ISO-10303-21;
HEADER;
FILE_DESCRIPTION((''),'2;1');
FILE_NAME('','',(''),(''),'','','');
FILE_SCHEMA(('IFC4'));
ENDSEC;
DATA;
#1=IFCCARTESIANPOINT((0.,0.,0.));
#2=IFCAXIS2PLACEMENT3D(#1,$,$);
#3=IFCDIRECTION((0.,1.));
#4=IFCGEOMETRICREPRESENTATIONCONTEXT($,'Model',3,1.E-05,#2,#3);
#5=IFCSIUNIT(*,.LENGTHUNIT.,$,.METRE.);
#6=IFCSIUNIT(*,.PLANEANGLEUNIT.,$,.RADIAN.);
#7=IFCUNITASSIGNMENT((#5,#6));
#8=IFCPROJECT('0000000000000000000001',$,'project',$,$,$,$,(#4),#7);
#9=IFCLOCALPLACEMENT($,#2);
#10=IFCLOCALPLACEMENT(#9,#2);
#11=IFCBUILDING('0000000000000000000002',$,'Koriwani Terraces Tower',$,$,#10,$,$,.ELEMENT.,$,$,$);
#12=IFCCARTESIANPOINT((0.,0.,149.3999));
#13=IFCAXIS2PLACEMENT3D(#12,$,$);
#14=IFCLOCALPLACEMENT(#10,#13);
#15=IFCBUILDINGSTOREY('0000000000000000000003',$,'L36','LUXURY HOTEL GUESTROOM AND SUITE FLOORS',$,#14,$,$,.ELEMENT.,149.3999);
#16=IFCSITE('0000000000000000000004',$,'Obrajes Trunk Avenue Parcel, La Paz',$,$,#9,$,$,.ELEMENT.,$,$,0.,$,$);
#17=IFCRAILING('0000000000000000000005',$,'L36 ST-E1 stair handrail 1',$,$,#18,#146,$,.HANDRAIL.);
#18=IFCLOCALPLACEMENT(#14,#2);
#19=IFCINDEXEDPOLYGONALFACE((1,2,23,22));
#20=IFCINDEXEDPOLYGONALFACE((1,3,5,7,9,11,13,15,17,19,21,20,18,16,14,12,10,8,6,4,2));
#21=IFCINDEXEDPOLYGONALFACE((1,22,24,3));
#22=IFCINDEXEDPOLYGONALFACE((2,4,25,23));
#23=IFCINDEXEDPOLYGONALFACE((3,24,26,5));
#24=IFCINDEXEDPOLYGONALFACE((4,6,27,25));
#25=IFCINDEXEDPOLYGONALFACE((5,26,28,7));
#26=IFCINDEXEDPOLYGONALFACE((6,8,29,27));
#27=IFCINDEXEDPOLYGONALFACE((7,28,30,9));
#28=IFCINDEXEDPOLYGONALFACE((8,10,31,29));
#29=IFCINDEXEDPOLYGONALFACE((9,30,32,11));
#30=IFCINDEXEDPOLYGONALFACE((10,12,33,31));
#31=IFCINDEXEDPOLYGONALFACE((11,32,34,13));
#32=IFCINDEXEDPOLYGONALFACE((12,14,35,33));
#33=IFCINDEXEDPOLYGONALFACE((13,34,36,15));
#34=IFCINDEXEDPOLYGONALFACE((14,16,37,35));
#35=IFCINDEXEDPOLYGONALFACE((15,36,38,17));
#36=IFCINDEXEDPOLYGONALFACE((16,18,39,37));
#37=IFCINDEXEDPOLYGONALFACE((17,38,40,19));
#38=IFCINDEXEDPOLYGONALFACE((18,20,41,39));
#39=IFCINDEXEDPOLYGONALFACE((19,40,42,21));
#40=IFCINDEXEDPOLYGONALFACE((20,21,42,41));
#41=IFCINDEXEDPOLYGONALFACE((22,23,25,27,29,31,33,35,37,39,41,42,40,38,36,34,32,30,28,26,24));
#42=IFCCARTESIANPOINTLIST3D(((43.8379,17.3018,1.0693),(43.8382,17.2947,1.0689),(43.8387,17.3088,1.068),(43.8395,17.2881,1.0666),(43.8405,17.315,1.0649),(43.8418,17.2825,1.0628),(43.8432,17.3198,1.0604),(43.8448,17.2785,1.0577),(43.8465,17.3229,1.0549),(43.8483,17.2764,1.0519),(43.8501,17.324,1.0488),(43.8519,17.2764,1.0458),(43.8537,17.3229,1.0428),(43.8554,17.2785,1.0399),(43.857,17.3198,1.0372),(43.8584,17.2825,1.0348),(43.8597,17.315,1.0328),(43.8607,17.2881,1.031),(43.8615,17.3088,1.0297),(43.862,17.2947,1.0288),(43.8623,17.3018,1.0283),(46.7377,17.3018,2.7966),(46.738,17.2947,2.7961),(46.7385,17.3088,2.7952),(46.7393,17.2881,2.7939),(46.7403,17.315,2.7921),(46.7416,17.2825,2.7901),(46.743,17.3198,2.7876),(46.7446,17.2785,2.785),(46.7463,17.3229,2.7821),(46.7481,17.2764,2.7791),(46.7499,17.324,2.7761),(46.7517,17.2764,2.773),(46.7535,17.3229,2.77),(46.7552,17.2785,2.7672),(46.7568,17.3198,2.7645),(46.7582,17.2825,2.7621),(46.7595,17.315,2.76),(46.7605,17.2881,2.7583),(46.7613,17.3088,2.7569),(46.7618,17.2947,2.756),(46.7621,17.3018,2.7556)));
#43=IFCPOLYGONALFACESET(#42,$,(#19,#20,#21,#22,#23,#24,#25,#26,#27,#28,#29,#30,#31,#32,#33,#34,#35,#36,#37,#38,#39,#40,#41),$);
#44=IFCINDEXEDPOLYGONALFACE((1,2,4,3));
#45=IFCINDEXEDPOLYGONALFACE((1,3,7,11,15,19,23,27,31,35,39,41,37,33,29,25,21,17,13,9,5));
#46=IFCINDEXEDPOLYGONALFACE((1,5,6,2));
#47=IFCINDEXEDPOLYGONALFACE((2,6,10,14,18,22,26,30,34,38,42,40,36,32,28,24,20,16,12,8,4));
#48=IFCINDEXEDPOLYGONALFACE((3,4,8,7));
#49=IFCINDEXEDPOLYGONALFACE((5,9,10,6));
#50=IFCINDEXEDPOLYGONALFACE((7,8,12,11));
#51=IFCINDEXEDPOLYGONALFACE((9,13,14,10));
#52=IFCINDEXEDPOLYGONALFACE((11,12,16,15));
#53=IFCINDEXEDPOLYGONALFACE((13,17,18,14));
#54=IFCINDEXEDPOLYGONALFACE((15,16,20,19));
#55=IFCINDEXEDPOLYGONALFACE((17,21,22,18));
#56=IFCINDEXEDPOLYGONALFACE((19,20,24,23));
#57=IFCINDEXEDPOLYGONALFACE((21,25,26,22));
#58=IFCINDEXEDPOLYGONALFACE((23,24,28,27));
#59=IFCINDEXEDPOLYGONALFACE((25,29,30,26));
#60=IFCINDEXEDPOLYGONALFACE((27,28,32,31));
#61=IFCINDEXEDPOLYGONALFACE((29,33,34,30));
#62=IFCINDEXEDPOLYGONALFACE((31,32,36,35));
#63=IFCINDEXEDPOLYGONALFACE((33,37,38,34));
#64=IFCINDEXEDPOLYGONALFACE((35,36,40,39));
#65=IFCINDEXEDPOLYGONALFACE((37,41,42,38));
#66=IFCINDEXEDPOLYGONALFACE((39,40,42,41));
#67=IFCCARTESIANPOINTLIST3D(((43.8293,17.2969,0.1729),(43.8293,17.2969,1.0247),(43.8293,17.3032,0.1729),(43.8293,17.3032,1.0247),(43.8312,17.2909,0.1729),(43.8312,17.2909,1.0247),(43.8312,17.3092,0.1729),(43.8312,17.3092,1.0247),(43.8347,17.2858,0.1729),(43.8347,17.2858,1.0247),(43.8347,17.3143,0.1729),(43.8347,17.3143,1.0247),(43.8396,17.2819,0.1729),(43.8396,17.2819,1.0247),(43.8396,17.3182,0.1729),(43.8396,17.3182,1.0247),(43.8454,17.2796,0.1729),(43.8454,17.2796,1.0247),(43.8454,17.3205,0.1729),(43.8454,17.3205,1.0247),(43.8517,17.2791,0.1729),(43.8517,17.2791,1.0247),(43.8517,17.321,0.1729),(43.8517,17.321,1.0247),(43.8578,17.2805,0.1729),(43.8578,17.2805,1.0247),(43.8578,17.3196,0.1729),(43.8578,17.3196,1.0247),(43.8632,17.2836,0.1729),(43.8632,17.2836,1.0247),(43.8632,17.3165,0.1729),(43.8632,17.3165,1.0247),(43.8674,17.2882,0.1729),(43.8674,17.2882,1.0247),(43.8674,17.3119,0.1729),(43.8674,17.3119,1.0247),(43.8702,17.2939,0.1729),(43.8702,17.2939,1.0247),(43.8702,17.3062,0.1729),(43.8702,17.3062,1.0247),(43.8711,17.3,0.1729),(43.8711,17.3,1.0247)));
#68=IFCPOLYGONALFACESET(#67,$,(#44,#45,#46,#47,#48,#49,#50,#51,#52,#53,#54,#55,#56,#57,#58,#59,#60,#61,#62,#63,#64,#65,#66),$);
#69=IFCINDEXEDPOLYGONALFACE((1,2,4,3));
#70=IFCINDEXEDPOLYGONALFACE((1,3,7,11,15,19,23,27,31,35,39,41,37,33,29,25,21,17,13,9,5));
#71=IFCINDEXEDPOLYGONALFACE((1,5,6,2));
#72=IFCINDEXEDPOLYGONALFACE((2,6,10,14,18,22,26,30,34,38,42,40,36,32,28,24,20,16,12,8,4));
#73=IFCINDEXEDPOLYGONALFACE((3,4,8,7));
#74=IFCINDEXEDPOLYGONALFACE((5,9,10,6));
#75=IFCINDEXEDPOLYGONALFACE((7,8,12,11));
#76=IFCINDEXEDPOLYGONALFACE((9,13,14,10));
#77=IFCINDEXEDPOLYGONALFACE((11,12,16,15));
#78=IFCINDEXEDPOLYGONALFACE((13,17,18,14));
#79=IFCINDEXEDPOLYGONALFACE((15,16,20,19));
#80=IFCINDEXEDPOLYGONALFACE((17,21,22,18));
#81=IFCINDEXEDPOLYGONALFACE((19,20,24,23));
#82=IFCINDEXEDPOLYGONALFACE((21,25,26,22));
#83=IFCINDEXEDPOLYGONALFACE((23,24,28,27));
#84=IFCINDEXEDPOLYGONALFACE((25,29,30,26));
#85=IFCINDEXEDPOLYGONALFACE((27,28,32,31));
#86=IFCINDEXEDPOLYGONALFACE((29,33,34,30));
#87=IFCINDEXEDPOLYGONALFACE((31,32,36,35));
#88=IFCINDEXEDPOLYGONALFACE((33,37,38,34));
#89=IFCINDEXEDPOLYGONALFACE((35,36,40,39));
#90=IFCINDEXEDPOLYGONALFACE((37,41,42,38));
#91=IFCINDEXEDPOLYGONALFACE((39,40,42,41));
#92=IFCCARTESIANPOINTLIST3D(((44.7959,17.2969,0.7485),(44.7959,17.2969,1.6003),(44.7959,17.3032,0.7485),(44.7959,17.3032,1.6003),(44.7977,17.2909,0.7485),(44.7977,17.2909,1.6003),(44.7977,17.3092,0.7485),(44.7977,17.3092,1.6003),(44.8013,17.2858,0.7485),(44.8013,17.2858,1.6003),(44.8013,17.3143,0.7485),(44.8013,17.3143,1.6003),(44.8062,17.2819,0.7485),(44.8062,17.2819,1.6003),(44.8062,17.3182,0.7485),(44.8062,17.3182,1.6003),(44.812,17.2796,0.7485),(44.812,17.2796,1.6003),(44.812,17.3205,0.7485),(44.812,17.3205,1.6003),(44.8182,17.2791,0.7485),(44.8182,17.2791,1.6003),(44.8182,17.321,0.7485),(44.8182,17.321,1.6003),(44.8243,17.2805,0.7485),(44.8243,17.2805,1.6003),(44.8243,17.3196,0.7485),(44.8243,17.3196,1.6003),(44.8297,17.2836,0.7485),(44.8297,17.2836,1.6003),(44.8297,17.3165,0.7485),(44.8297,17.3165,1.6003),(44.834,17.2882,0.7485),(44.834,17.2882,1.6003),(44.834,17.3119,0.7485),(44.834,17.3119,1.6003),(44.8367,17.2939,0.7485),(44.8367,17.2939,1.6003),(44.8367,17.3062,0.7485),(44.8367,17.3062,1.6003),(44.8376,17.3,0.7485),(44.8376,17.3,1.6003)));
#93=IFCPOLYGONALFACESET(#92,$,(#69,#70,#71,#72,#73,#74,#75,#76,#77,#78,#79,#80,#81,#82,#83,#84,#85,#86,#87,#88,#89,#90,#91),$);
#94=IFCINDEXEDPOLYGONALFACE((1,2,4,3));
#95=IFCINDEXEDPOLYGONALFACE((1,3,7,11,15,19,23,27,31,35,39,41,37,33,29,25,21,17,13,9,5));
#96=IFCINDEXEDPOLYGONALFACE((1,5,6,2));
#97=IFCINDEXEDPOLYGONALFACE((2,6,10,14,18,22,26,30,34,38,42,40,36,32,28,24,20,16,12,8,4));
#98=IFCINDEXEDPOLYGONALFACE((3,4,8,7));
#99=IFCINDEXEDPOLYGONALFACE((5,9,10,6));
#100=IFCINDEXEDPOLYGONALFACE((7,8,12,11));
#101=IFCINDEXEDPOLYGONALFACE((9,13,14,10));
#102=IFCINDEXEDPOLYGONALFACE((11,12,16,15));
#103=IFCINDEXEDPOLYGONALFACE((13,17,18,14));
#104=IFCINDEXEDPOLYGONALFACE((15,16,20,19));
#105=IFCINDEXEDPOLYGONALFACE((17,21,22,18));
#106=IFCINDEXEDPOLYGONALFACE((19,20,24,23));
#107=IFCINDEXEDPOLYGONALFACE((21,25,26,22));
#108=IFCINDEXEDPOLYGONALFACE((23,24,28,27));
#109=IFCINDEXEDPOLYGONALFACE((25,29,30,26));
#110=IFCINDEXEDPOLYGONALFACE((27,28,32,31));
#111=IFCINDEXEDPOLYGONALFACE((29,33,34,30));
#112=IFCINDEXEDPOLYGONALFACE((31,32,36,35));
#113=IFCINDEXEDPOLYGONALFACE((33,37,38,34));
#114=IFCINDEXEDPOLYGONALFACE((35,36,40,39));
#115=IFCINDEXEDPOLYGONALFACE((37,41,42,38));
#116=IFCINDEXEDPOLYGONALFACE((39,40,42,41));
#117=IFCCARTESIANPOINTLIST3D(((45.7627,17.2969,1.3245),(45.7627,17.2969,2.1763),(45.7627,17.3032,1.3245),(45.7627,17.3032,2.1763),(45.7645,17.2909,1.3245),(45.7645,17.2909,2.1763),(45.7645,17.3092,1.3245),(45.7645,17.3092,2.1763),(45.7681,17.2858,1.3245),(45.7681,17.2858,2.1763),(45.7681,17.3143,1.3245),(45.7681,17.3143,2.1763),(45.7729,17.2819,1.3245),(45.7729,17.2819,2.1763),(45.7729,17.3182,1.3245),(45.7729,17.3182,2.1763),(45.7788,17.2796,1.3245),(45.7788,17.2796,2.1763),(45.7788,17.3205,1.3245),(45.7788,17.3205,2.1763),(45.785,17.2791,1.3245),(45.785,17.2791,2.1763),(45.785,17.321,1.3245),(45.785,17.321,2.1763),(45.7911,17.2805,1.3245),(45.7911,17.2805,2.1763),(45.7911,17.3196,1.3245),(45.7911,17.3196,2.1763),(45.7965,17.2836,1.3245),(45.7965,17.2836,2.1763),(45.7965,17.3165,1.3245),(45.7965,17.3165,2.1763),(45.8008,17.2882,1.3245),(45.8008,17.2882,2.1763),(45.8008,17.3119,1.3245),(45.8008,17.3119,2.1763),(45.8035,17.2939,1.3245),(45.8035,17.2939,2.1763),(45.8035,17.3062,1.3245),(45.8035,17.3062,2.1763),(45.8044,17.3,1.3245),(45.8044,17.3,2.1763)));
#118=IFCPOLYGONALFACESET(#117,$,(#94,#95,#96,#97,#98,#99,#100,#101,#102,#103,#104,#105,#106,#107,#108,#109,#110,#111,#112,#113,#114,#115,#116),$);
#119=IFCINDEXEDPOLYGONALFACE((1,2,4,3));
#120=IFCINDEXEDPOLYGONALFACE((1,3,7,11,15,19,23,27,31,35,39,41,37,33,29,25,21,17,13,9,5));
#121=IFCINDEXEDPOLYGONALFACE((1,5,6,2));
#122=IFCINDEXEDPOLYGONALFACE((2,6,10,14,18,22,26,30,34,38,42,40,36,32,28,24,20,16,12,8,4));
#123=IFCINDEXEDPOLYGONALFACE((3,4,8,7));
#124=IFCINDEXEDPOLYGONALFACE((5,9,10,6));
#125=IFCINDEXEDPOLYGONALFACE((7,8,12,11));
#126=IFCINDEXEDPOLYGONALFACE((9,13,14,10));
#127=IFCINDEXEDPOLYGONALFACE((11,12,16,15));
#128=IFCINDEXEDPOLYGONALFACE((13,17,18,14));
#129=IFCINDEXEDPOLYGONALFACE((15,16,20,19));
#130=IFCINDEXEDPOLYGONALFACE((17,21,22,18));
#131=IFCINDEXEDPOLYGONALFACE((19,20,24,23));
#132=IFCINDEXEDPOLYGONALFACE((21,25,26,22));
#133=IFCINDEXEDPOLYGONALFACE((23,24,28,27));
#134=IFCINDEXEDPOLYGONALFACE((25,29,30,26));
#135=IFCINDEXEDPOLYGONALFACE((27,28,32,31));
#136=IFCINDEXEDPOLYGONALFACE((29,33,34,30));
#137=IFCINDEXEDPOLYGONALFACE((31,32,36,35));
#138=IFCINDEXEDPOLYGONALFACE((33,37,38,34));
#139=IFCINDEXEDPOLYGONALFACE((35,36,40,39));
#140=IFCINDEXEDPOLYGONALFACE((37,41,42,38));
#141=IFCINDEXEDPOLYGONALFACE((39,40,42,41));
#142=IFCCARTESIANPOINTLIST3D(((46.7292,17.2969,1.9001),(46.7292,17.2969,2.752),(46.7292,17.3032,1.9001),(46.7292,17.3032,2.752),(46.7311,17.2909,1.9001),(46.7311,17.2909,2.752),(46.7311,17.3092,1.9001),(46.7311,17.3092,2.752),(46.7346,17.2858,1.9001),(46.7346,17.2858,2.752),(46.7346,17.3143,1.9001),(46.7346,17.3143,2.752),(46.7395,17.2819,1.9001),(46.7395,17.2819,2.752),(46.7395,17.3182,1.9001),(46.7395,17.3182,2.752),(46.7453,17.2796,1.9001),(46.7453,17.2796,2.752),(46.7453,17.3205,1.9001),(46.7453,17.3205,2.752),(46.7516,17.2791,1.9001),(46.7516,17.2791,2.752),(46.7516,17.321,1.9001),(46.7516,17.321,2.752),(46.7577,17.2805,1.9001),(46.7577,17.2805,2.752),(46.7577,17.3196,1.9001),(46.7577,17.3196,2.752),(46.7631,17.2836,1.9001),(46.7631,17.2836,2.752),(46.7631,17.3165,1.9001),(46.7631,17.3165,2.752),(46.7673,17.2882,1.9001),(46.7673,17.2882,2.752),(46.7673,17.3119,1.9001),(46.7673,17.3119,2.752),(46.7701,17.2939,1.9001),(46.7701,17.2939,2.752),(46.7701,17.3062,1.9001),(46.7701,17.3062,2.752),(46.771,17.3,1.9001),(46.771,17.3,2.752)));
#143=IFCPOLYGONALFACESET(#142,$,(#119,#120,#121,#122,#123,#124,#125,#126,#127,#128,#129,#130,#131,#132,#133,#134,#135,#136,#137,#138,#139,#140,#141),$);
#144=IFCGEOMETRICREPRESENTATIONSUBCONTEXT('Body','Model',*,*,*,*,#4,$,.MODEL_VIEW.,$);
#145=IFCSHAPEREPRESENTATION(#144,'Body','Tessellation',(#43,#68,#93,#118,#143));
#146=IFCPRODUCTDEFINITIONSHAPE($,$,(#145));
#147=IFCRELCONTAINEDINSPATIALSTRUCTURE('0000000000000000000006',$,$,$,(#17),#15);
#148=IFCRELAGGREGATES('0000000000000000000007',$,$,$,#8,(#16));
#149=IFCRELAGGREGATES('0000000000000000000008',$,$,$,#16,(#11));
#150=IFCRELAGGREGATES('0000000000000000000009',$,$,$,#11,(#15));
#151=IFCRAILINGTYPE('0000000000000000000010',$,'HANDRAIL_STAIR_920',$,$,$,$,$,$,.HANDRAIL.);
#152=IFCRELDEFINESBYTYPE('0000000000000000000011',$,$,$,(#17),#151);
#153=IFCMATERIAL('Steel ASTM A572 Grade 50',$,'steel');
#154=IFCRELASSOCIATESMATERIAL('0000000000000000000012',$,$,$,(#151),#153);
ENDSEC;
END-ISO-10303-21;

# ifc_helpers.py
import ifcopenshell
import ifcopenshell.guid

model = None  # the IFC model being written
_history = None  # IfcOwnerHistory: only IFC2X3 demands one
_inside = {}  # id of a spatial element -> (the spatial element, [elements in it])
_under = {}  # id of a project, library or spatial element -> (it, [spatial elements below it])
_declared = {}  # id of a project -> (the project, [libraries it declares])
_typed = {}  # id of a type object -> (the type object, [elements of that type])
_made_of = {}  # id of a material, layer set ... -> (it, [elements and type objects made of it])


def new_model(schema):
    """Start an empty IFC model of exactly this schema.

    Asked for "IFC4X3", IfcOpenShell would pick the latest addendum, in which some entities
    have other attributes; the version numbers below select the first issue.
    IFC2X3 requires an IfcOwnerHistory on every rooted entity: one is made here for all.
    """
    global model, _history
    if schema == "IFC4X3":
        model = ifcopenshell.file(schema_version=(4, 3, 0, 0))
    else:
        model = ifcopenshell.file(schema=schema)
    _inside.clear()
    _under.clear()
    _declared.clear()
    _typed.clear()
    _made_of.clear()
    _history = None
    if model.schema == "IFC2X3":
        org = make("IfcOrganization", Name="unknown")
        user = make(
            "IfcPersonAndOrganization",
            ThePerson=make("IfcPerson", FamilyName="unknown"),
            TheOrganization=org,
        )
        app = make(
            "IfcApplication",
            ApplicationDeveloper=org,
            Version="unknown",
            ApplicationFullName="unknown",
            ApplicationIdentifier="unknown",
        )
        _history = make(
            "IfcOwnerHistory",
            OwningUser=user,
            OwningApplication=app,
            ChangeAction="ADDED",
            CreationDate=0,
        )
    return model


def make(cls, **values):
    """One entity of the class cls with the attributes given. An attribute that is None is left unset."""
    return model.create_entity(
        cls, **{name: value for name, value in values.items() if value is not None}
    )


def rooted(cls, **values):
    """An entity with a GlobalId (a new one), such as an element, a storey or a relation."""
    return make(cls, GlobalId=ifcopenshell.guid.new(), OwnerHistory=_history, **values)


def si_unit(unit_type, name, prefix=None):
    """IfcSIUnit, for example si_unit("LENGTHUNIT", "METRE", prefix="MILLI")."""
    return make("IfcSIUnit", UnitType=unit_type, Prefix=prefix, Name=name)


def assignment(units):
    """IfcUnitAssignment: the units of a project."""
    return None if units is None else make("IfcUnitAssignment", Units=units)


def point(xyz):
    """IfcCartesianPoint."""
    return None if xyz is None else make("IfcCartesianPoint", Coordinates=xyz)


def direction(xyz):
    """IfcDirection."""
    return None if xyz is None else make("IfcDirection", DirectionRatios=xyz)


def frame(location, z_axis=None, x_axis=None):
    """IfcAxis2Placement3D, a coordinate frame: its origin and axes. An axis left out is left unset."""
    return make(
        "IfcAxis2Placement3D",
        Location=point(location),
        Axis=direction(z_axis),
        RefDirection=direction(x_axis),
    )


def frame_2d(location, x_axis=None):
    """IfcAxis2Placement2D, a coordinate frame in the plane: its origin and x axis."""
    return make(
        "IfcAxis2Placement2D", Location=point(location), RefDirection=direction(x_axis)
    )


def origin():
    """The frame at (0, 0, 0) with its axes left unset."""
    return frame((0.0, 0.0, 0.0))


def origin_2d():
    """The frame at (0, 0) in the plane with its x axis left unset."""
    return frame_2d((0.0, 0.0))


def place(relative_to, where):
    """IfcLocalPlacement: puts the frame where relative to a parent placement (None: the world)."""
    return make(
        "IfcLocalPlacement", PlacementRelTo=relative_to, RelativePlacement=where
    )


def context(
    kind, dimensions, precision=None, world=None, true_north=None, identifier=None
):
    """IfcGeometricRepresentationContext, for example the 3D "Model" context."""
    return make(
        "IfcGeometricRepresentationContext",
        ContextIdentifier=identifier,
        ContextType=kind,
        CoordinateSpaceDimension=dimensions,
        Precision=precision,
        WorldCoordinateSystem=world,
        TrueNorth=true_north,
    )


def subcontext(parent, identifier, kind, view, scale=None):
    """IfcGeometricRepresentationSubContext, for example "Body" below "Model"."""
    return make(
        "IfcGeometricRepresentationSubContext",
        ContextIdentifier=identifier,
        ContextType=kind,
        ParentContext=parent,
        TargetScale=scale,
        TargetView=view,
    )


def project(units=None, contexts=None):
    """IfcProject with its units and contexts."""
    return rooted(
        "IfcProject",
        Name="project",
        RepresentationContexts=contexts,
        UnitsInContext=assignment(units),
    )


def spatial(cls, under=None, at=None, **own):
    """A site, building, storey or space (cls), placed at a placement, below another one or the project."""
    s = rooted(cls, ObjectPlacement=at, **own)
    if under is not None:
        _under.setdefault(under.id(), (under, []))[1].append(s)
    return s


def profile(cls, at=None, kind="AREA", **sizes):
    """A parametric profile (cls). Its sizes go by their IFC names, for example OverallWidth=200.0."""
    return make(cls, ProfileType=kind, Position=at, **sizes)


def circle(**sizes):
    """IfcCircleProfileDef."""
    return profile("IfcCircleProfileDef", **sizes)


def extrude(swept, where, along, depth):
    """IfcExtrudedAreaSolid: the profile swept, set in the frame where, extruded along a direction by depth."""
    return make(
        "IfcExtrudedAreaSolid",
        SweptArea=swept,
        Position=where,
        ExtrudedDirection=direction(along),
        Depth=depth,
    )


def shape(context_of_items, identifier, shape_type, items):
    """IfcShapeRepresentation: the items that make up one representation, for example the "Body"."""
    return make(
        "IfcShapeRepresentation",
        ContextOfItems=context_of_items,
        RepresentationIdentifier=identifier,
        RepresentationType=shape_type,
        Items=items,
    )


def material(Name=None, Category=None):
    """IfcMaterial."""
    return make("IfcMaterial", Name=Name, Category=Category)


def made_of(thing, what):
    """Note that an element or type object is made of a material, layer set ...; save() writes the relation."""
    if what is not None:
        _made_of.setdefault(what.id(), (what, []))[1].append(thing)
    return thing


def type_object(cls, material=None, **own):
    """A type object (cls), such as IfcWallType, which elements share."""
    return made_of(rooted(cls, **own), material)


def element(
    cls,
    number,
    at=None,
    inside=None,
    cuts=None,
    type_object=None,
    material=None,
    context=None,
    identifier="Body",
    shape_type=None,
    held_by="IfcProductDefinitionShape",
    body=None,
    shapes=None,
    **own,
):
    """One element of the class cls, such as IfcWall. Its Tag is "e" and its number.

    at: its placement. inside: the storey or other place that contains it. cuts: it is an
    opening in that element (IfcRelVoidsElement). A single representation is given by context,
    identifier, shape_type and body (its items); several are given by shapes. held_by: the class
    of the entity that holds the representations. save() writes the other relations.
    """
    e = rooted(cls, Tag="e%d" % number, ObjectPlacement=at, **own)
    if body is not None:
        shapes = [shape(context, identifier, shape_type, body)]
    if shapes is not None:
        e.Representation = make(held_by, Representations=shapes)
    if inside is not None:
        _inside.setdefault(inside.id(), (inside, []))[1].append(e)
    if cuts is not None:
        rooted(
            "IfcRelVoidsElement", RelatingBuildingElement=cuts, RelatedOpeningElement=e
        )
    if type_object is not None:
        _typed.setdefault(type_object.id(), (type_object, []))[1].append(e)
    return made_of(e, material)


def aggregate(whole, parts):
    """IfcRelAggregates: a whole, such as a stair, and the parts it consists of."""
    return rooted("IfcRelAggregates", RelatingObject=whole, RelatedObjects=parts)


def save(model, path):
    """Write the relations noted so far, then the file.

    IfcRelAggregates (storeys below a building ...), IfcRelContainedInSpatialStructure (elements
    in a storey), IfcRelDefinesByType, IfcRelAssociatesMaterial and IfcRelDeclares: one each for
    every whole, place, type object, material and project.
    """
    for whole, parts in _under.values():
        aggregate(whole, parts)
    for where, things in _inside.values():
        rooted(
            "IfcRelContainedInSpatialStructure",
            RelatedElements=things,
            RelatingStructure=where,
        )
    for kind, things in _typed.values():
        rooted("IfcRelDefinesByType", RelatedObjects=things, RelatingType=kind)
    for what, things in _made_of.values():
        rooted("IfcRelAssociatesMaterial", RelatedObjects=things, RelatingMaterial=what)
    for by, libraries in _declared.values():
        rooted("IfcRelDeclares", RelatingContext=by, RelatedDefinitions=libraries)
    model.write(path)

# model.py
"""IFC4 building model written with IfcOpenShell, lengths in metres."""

from ifc_helpers import new_model, si_unit, direction, frame, origin, origin_2d, place, context, subcontext, project, spatial, circle, extrude, material, type_object, element, save


model = new_model("IFC4")

# Units and contexts
model_context = context("Model", 3, precision=1e-05, world=origin(), true_north=direction((0.0, 1.0)))
body_context = subcontext(model_context, "Body", "Model", "MODEL_VIEW")
ifc_project = project(units=[si_unit("LENGTHUNIT", "METRE"), si_unit("PLANEANGLEUNIT", "RADIAN")], contexts=[model_context])

# Site, building, storey
site_placement = place(None, origin())
site = spatial("IfcSite", under=ifc_project, at=site_placement, Name="Obrajes Trunk Avenue Parcel, La Paz", CompositionType="ELEMENT", RefElevation=0.0)
building_placement = place(site_placement, origin())
building = spatial("IfcBuilding", under=site, at=building_placement, Name="Koriwani Terraces Tower", CompositionType="ELEMENT")
storey_placement = place(building_placement, frame((0.0, 0.0, 149.3999)))
storey = spatial("IfcBuildingStorey", under=building, at=storey_placement, Name="L36", Description="LUXURY HOTEL GUESTROOM AND SUITE FLOORS", CompositionType="ELEMENT", Elevation=149.3999)

# Shared definitions
ifc_material_1 = material(Name="Steel ASTM A572 Grade 50", Category="steel")

# Railing
railing_type_1 = type_object("IfcRailingType", Name="HANDRAIL_STAIR_920", PredefinedType="HANDRAIL", material=ifc_material_1)
railing_1_placement = place(storey_placement, frame((43.8501, 17.3, 0.1729)))
element("IfcRailing", 1, at=railing_1_placement, inside=storey, type_object=railing_type_1, Name="L36 ST-E1 stair handrail 1", PredefinedType="HANDRAIL", context=body_context, shape_type="SweptSolid", body=[
    extrude(circle(Radius=0.0239, at=origin_2d()), frame((0.0, 0.0, 0.876), z_axis=(0.859141, 0.0, 0.511738), x_axis=(0.0, 1.0, 0.0)), (0.0, 0.0, 1.0), 3.3752),
    extrude(circle(Radius=0.021, at=origin_2d()), origin(), (0.0, 0.0, 1.0), 0.8518),
    extrude(circle(Radius=0.021, at=origin_2d()), frame((0.9666, 0.0, 0.5757)), (0.0, 0.0, 1.0), 0.8518),
    extrude(circle(Radius=0.021, at=origin_2d()), frame((1.9333, 0.0, 1.1516)), (0.0, 0.0, 1.0), 0.8518),
    extrude(circle(Radius=0.021, at=origin_2d()), frame((2.8999, 0.0, 1.7273)), (0.0, 0.0, 1.0), 0.8518),
])

save(model, "model.ifc")
